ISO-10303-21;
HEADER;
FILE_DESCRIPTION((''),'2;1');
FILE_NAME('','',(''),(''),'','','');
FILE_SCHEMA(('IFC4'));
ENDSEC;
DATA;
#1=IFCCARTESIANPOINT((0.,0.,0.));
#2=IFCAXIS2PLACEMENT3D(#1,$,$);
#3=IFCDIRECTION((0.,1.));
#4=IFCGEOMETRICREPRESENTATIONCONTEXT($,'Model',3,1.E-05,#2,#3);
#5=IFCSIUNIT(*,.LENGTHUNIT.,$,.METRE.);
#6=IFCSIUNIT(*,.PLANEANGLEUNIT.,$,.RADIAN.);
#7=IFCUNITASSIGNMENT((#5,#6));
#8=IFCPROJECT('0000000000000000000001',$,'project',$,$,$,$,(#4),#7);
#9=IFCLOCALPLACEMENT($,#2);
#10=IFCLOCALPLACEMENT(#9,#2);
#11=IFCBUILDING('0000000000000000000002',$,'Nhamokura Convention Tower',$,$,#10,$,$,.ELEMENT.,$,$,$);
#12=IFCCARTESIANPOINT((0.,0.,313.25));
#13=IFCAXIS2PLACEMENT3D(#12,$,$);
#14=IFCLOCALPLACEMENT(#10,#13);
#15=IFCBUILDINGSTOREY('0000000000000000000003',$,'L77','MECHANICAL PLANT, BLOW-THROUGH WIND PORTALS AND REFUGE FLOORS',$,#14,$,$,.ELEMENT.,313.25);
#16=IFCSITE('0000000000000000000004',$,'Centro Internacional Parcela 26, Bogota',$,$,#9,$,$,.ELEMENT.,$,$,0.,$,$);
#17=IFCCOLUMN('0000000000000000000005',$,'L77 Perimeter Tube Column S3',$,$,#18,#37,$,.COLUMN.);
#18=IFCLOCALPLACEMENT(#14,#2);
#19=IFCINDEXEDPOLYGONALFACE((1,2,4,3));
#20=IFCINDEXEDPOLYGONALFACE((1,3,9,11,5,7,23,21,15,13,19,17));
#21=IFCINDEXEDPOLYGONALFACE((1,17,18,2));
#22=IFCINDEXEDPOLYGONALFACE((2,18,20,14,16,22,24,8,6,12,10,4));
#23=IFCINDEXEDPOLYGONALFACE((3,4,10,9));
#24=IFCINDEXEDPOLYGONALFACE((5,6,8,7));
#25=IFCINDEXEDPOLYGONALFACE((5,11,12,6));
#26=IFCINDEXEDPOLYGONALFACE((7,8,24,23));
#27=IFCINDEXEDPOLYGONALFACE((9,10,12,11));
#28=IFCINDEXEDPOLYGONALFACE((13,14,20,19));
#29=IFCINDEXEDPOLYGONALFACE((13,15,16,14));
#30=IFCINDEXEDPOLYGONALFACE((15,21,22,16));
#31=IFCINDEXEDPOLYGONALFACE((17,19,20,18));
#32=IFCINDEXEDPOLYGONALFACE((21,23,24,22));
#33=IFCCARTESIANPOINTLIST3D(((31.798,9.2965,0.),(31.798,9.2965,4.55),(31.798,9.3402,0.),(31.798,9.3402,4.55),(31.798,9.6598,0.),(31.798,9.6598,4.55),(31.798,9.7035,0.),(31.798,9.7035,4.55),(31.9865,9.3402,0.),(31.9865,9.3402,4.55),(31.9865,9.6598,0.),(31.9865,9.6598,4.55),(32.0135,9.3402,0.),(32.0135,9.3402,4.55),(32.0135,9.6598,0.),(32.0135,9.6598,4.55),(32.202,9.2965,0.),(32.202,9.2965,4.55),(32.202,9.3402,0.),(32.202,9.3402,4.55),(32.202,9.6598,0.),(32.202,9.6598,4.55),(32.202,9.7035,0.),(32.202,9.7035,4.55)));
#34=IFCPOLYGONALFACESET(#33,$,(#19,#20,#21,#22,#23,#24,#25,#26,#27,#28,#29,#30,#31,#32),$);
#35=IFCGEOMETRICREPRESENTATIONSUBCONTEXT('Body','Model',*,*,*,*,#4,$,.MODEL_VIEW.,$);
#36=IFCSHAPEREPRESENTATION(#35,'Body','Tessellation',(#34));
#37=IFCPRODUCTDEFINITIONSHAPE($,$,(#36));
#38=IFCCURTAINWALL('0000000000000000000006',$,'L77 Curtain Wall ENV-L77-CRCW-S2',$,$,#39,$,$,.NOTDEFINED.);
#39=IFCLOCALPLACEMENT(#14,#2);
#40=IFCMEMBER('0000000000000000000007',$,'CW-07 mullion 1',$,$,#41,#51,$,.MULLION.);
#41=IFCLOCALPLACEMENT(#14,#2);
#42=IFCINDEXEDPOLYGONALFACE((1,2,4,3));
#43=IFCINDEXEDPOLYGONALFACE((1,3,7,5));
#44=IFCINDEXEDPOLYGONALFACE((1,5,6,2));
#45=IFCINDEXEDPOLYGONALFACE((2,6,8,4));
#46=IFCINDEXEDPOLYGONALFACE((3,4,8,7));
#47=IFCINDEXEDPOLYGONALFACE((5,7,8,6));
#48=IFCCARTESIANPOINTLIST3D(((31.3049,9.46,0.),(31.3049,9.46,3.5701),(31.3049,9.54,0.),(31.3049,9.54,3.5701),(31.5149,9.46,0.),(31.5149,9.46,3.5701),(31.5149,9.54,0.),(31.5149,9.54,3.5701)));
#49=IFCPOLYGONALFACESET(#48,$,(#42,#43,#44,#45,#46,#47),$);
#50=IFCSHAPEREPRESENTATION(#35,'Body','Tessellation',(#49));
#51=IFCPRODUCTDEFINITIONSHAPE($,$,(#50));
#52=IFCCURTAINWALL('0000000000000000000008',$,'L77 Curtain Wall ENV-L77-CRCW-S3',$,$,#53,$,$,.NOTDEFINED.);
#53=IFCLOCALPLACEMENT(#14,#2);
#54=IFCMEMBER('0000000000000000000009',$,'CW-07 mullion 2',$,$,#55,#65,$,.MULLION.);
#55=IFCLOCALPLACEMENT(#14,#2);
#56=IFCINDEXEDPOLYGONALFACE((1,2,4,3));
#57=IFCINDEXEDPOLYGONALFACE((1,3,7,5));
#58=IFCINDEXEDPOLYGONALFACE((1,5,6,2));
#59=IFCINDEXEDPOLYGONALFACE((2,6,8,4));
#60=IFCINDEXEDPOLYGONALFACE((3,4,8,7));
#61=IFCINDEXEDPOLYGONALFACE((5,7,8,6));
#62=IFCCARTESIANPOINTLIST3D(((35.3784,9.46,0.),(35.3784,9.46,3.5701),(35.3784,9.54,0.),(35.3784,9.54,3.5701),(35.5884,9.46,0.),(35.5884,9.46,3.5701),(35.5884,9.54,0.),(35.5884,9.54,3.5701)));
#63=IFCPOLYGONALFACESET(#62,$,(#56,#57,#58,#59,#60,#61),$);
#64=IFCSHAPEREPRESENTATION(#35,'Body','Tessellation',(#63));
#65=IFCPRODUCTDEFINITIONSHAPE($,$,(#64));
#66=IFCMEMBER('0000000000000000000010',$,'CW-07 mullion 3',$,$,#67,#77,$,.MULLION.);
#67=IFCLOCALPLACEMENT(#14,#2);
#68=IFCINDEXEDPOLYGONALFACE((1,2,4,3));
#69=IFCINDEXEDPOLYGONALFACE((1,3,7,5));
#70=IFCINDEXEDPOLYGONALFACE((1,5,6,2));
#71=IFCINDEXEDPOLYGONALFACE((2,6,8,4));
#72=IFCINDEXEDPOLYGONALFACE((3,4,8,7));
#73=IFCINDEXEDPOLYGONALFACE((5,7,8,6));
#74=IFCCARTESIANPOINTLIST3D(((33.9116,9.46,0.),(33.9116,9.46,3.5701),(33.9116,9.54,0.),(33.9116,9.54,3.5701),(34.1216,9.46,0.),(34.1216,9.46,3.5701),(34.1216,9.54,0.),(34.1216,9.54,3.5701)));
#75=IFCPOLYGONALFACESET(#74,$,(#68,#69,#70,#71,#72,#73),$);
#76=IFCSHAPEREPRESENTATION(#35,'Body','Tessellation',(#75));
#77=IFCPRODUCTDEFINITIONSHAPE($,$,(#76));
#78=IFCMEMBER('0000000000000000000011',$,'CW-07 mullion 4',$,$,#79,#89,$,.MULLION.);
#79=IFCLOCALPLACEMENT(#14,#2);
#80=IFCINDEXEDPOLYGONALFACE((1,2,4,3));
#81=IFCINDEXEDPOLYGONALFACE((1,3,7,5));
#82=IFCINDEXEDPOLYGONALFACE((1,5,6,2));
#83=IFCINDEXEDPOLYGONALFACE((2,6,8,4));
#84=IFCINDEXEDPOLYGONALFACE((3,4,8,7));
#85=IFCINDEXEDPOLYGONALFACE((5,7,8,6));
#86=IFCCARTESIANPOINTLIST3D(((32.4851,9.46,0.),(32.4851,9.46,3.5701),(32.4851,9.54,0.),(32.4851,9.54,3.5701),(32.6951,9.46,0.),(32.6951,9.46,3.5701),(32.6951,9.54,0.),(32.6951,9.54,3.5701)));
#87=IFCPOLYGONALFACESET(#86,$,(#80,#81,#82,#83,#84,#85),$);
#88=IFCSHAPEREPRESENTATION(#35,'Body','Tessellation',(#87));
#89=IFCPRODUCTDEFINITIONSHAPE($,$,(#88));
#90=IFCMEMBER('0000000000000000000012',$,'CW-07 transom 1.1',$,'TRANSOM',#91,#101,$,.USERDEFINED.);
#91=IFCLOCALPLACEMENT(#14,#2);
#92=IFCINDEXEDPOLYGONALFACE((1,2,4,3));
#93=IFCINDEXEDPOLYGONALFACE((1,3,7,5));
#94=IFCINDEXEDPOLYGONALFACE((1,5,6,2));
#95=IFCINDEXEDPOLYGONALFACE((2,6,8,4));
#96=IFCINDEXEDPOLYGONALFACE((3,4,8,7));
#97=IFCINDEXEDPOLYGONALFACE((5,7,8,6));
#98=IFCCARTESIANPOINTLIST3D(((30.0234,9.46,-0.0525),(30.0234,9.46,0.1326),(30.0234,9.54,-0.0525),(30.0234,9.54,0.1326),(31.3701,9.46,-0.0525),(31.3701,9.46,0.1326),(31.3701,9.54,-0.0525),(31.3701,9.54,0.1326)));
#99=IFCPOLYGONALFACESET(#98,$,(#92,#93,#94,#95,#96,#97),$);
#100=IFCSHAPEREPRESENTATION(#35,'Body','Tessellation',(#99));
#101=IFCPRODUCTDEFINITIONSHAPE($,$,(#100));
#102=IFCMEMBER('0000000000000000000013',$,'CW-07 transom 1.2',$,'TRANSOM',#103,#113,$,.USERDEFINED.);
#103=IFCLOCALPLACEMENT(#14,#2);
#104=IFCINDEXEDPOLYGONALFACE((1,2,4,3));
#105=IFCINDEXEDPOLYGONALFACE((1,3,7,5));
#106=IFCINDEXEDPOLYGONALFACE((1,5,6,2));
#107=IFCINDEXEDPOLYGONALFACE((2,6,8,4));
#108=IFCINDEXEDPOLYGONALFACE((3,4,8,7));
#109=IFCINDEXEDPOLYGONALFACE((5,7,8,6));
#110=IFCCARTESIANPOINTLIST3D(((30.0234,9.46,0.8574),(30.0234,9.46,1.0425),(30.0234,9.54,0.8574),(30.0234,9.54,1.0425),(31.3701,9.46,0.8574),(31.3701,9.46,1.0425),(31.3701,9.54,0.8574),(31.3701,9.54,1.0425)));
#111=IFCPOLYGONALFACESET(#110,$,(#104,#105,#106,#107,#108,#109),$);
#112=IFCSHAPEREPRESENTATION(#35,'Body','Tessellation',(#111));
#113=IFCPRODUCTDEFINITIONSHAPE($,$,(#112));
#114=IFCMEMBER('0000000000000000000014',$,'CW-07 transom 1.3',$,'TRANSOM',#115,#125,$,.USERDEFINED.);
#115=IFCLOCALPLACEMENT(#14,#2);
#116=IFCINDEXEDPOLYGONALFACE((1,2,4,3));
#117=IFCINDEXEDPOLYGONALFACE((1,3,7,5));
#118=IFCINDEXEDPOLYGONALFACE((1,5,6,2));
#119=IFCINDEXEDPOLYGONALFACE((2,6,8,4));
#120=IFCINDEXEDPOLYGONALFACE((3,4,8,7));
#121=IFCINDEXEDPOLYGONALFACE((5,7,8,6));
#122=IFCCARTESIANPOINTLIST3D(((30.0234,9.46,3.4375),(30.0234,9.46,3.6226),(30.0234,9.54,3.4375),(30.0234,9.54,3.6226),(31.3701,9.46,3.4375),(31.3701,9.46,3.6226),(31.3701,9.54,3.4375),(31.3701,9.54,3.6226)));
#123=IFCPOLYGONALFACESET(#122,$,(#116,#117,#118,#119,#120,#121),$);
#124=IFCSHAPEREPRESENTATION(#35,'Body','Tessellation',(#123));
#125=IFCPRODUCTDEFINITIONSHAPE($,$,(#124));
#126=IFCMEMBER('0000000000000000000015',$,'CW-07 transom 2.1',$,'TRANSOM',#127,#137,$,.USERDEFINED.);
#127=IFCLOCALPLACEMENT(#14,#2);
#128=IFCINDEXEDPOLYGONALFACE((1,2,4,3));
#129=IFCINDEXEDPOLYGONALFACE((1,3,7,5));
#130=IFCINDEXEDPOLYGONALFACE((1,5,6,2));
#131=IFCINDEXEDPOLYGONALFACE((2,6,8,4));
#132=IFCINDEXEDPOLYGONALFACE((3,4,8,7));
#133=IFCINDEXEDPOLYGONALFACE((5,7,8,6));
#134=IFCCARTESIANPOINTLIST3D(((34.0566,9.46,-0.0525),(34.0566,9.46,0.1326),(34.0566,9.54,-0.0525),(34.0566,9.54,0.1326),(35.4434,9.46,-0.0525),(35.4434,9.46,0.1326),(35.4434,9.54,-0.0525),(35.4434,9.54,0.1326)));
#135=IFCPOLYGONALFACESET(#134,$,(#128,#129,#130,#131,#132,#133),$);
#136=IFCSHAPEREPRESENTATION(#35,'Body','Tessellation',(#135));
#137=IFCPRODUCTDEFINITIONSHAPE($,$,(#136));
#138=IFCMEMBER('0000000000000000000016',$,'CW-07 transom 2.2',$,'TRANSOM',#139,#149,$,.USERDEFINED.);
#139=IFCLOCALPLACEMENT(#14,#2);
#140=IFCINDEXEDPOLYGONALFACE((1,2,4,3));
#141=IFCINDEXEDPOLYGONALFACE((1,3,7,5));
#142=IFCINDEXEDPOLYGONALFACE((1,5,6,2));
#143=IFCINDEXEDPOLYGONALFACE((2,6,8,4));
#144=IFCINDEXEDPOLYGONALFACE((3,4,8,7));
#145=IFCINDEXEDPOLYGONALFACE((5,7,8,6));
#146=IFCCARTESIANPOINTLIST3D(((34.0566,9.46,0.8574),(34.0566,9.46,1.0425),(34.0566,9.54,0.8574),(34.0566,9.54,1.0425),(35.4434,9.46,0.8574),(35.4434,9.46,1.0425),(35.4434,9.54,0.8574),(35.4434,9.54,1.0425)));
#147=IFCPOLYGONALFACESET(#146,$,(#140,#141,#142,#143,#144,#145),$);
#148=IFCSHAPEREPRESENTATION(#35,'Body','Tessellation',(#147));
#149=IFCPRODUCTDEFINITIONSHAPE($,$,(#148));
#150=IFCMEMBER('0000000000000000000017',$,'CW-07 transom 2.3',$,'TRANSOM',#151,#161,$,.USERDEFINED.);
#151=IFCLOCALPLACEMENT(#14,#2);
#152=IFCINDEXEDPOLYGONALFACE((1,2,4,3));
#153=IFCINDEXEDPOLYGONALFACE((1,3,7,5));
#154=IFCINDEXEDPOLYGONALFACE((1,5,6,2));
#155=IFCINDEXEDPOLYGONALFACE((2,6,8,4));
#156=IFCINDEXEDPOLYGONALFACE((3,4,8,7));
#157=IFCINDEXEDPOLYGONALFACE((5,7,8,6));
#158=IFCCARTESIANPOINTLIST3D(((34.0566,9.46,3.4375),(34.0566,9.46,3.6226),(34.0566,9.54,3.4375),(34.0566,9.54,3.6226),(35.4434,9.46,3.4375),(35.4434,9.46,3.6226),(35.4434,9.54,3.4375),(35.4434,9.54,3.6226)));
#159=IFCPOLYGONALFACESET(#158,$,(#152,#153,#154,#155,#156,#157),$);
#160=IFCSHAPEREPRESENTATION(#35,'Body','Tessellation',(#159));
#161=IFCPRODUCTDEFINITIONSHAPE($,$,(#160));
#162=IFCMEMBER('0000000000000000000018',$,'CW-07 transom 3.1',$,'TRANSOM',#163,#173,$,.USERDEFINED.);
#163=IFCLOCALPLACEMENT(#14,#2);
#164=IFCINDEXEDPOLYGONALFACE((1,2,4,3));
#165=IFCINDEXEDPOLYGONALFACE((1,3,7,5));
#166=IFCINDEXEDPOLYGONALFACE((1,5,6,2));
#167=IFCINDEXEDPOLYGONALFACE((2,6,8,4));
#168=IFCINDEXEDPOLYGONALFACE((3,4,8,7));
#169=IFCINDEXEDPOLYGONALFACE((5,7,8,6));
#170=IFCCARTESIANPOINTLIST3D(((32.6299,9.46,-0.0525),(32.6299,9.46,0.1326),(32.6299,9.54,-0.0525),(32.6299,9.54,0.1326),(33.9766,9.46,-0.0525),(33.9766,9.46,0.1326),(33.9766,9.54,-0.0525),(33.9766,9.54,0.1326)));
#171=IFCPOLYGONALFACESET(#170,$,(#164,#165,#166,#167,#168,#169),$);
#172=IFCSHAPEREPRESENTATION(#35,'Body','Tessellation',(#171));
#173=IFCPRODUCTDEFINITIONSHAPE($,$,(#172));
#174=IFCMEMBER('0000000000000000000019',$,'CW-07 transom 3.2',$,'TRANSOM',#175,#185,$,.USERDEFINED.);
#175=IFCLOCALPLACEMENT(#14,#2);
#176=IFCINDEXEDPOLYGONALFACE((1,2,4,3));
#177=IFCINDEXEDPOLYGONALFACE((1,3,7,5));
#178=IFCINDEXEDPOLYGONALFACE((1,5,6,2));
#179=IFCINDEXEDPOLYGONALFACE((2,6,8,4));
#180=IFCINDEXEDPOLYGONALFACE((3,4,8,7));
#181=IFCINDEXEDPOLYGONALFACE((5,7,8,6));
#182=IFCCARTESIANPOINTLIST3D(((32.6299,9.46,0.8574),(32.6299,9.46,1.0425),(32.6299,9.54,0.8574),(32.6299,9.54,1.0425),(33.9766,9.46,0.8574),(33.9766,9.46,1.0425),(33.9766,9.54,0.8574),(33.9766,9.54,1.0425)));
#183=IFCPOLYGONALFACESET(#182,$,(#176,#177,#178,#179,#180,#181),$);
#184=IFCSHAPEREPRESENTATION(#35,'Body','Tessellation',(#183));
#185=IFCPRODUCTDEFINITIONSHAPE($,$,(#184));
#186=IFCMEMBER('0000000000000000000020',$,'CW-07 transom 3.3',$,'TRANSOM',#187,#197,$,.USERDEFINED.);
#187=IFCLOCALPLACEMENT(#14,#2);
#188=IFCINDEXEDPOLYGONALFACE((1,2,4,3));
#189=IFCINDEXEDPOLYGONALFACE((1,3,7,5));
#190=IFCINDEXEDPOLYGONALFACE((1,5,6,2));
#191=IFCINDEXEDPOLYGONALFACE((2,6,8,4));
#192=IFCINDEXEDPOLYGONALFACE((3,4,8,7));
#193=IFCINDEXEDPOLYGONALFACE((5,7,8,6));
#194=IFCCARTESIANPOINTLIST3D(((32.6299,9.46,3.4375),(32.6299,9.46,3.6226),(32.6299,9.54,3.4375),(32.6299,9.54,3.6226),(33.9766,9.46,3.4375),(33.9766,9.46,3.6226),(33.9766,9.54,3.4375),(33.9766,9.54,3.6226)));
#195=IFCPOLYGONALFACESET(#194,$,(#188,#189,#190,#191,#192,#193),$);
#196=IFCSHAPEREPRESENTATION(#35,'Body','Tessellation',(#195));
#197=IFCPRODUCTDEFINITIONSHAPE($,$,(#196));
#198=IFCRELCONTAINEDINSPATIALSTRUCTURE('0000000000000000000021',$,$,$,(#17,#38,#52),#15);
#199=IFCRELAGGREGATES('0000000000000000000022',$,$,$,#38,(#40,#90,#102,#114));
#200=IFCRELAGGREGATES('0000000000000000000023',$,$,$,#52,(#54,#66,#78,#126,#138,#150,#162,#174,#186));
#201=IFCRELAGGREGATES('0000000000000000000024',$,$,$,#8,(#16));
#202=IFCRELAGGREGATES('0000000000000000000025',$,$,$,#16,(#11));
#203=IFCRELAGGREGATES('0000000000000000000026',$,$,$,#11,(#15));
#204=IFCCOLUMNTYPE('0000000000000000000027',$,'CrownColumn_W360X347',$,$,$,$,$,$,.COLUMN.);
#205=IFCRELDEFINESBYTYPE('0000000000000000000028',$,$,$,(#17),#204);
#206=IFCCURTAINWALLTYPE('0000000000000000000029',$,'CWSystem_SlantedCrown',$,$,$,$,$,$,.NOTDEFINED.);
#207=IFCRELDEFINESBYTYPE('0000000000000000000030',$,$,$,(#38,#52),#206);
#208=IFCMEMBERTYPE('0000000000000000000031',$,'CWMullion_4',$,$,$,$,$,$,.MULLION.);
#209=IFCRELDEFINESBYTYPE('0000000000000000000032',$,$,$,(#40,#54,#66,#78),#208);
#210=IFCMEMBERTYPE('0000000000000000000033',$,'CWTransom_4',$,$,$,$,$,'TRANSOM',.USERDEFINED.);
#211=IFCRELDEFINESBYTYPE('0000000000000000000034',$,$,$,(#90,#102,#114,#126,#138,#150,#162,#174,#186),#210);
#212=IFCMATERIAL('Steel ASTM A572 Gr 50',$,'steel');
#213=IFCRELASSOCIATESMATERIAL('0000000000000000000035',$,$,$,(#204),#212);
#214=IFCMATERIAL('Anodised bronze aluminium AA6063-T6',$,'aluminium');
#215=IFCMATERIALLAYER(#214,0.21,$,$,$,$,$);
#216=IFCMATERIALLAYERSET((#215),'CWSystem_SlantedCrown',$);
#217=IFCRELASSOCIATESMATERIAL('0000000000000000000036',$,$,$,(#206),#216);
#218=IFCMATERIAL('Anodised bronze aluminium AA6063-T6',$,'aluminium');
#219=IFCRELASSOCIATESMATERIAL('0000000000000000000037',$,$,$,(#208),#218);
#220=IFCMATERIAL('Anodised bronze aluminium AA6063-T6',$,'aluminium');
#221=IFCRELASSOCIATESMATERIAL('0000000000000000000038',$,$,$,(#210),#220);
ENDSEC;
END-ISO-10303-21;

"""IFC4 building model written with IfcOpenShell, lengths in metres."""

from ifc_helpers import new_model, si_unit, direction, frame, origin, origin_2d, place, context, subcontext, project, spatial, rectangle, i_section, extrude, material, layer, layer_set, material_profile, profile_set, type_object, element, aggregate, save


model = new_model("IFC4")

# Units and contexts
model_context = context("Model", 3, precision=1e-05, world=origin(), true_north=direction((0.0, 1.0)))
body_context = subcontext(model_context, "Body", "Model", "MODEL_VIEW")
ifc_project = project(units=[si_unit("LENGTHUNIT", "METRE"), si_unit("PLANEANGLEUNIT", "RADIAN")], contexts=[model_context])

# Site, building, storey
site_placement = place(None, origin())
site = spatial("IfcSite", under=ifc_project, at=site_placement, Name="Centro Internacional Parcela 26, Bogota", CompositionType="ELEMENT", RefElevation=0.0)
building_placement = place(site_placement, origin())
building = spatial("IfcBuilding", under=site, at=building_placement, Name="Nhamokura Convention Tower", CompositionType="ELEMENT")
storey_placement = place(building_placement, frame((0.0, 0.0, 313.25)))
storey = spatial("IfcBuildingStorey", under=building, at=storey_placement, Name="L77", Description="MECHANICAL PLANT, BLOW-THROUGH WIND PORTALS AND REFUGE FLOORS", CompositionType="ELEMENT", Elevation=313.25)

# Column
ifc_material_1 = material(Name="Steel ASTM A572 Gr 50", Category="steel")
ifc_material_profile_1 = material_profile(ifc_material_1, i_section(OverallWidth=0.4041, OverallDepth=0.407, WebThickness=0.0271, FlangeThickness=0.0437, at=origin_2d()))
ifc_profile_set_1 = profile_set([ifc_material_profile_1], Name="Steel ASTM A572 Gr 50")
column_type = type_object("IfcColumnType", Name="CrownColumn_W360X347", PredefinedType="COLUMN", material=ifc_profile_set_1)
column_placement = place(storey_placement, frame((32.0, 9.5, 0.0), z_axis=(0.0, 0.0, 1.0), x_axis=(1.0, 0.0, 0.0)))
element("IfcColumn", 1, at=column_placement, inside=storey, type_object=column_type, Name="L77 Perimeter Tube Column S3", PredefinedType="COLUMN", context=body_context, shape_type="SweptSolid", body=[
    extrude(i_section(OverallWidth=0.4041, OverallDepth=0.407, WebThickness=0.0271, FlangeThickness=0.0437, at=origin_2d()), origin(), (0.0, 0.0, 1.0), 4.55),
])

# Curtain wall, member
ifc_material_2 = material(Name="Anodised bronze aluminium AA6063-T6", Category="aluminium")
ifc_layer_1 = layer(ifc_material_2, 0.21)
ifc_layer_set_1 = layer_set([ifc_layer_1], Name="CWSystem_SlantedCrown")
curtain_wall_type = type_object("IfcCurtainWallType", Name="CWSystem_SlantedCrown", PredefinedType="NOTDEFINED", material=ifc_layer_set_1)
curtain_wall_1_placement = place(storey_placement, origin())
curtain_wall_1 = element("IfcCurtainWall", 2, at=curtain_wall_1_placement, inside=storey, type_object=curtain_wall_type, Name="L77 Curtain Wall ENV-L77-CRCW-S2", PredefinedType="NOTDEFINED")
ifc_material_3 = material(Name="Anodised bronze aluminium AA6063-T6", Category="aluminium")
ifc_material_profile_2 = material_profile(ifc_material_3, rectangle(XDim=0.0801, YDim=0.21, at=origin_2d()))
ifc_profile_set_2 = profile_set([ifc_material_profile_2], Name="Anodised bronze aluminium AA6063-T6")
member_type_1 = type_object("IfcMemberType", Name="CWMullion_4", PredefinedType="MULLION", material=ifc_profile_set_2)
member_1_placement = place(storey_placement, frame((31.4099, 9.5, 0.0), z_axis=(0.0, 0.0, 1.0), x_axis=(0.0, -1.0, 0.0)))
member_1 = element("IfcMember", 3, at=member_1_placement, type_object=member_type_1, Name="CW-07 mullion 1", PredefinedType="MULLION", context=body_context, shape_type="SweptSolid", body=[
    extrude(rectangle(XDim=0.0801, YDim=0.21, at=origin_2d()), origin(), (0.0, 0.0, 1.0), 3.5701),
])

# Curtain wall, members
curtain_wall_2_placement = place(storey_placement, origin())
curtain_wall_2 = element("IfcCurtainWall", 4, at=curtain_wall_2_placement, inside=storey, type_object=curtain_wall_type, Name="L77 Curtain Wall ENV-L77-CRCW-S3", PredefinedType="NOTDEFINED")
member_2_placement = place(storey_placement, frame((35.4834, 9.5, 0.0), z_axis=(0.0, 0.0, 1.0), x_axis=(0.0, -1.0, 0.0)))
member_2 = element("IfcMember", 5, at=member_2_placement, type_object=member_type_1, Name="CW-07 mullion 2", PredefinedType="MULLION", context=body_context, shape_type="SweptSolid", body=[
    extrude(rectangle(XDim=0.0801, YDim=0.21, at=origin_2d()), origin(), (0.0, 0.0, 1.0), 3.5701),
])
member_3_placement = place(storey_placement, frame((34.0166, 9.5, 0.0), z_axis=(0.0, 0.0, 1.0), x_axis=(0.0, -1.0, 0.0)))
member_3 = element("IfcMember", 6, at=member_3_placement, type_object=member_type_1, Name="CW-07 mullion 3", PredefinedType="MULLION", context=body_context, shape_type="SweptSolid", body=[
    extrude(rectangle(XDim=0.0801, YDim=0.21, at=origin_2d()), origin(), (0.0, 0.0, 1.0), 3.5701),
])
member_4_placement = place(storey_placement, frame((32.5901, 9.5, 0.0), z_axis=(0.0, 0.0, 1.0), x_axis=(0.0, -1.0, 0.0)))
member_4 = element("IfcMember", 7, at=member_4_placement, type_object=member_type_1, Name="CW-07 mullion 4", PredefinedType="MULLION", context=body_context, shape_type="SweptSolid", body=[
    extrude(rectangle(XDim=0.0801, YDim=0.21, at=origin_2d()), origin(), (0.0, 0.0, 1.0), 3.5701),
])

# Members
ifc_material_4 = material(Name="Anodised bronze aluminium AA6063-T6", Category="aluminium")
ifc_material_profile_3 = material_profile(ifc_material_4, rectangle(XDim=0.0801, YDim=0.1851, at=origin_2d()))
ifc_profile_set_3 = profile_set([ifc_material_profile_3], Name="Anodised bronze aluminium AA6063-T6")
member_type_2 = type_object("IfcMemberType", Name="CWTransom_4", ElementType="TRANSOM", PredefinedType="USERDEFINED", material=ifc_profile_set_3)
member_5_placement = place(storey_placement, frame((31.3701, 9.5, 0.04), z_axis=(-1.0, 0.0, 0.0), x_axis=(0.0, -1.0, 0.0)))
member_5 = element("IfcMember", 8, at=member_5_placement, type_object=member_type_2, Name="CW-07 transom 1.1", ObjectType="TRANSOM", PredefinedType="USERDEFINED", context=body_context, shape_type="SweptSolid", body=[
    extrude(rectangle(XDim=0.0801, YDim=0.1851, at=origin_2d()), origin(), (0.0, 0.0, 1.0), 1.3467),
])
member_6_placement = place(storey_placement, frame((31.3701, 9.5, 0.95), z_axis=(-1.0, 0.0, 0.0), x_axis=(0.0, -1.0, 0.0)))
member_6 = element("IfcMember", 9, at=member_6_placement, type_object=member_type_2, Name="CW-07 transom 1.2", ObjectType="TRANSOM", PredefinedType="USERDEFINED", context=body_context, shape_type="SweptSolid", body=[
    extrude(rectangle(XDim=0.0801, YDim=0.1851, at=origin_2d()), origin(), (0.0, 0.0, 1.0), 1.3467),
])
member_7_placement = place(storey_placement, frame((31.3701, 9.5, 3.53), z_axis=(-1.0, 0.0, 0.0), x_axis=(0.0, -1.0, 0.0)))
member_7 = element("IfcMember", 10, at=member_7_placement, type_object=member_type_2, Name="CW-07 transom 1.3", ObjectType="TRANSOM", PredefinedType="USERDEFINED", context=body_context, shape_type="SweptSolid", body=[
    extrude(rectangle(XDim=0.0801, YDim=0.1851, at=origin_2d()), origin(), (0.0, 0.0, 1.0), 1.3467),
])
aggregate(curtain_wall_1, [member_1, member_5, member_6, member_7])
member_8_placement = place(storey_placement, frame((35.4434, 9.5, 0.04), z_axis=(-1.0, 0.0, 0.0), x_axis=(0.0, -1.0, 0.0)))
member_8 = element("IfcMember", 11, at=member_8_placement, type_object=member_type_2, Name="CW-07 transom 2.1", ObjectType="TRANSOM", PredefinedType="USERDEFINED", context=body_context, shape_type="SweptSolid", body=[
    extrude(rectangle(XDim=0.0801, YDim=0.1851, at=origin_2d()), origin(), (0.0, 0.0, 1.0), 1.3867),
])
member_9_placement = place(storey_placement, frame((35.4434, 9.5, 0.95), z_axis=(-1.0, 0.0, 0.0), x_axis=(0.0, -1.0, 0.0)))
member_9 = element("IfcMember", 12, at=member_9_placement, type_object=member_type_2, Name="CW-07 transom 2.2", ObjectType="TRANSOM", PredefinedType="USERDEFINED", context=body_context, shape_type="SweptSolid", body=[
    extrude(rectangle(XDim=0.0801, YDim=0.1851, at=origin_2d()), origin(), (0.0, 0.0, 1.0), 1.3867),
])
member_10_placement = place(storey_placement, frame((35.4434, 9.5, 3.53), z_axis=(-1.0, 0.0, 0.0), x_axis=(0.0, -1.0, 0.0)))
member_10 = element("IfcMember", 13, at=member_10_placement, type_object=member_type_2, Name="CW-07 transom 2.3", ObjectType="TRANSOM", PredefinedType="USERDEFINED", context=body_context, shape_type="SweptSolid", body=[
    extrude(rectangle(XDim=0.0801, YDim=0.1851, at=origin_2d()), origin(), (0.0, 0.0, 1.0), 1.3867),
])
member_11_placement = place(storey_placement, frame((33.9766, 9.5, 0.04), z_axis=(-1.0, 0.0, 0.0), x_axis=(0.0, -1.0, 0.0)))
member_11 = element("IfcMember", 14, at=member_11_placement, type_object=member_type_2, Name="CW-07 transom 3.1", ObjectType="TRANSOM", PredefinedType="USERDEFINED", context=body_context, shape_type="SweptSolid", body=[
    extrude(rectangle(XDim=0.0801, YDim=0.1851, at=origin_2d()), origin(), (0.0, 0.0, 1.0), 1.3467),
])
member_12_placement = place(storey_placement, frame((33.9766, 9.5, 0.95), z_axis=(-1.0, 0.0, 0.0), x_axis=(0.0, -1.0, 0.0)))
member_12 = element("IfcMember", 15, at=member_12_placement, type_object=member_type_2, Name="CW-07 transom 3.2", ObjectType="TRANSOM", PredefinedType="USERDEFINED", context=body_context, shape_type="SweptSolid", body=[
    extrude(rectangle(XDim=0.0801, YDim=0.1851, at=origin_2d()), origin(), (0.0, 0.0, 1.0), 1.3467),
])
member_13_placement = place(storey_placement, frame((33.9766, 9.5, 3.53), z_axis=(-1.0, 0.0, 0.0), x_axis=(0.0, -1.0, 0.0)))
member_13 = element("IfcMember", 16, at=member_13_placement, type_object=member_type_2, Name="CW-07 transom 3.3", ObjectType="TRANSOM", PredefinedType="USERDEFINED", context=body_context, shape_type="SweptSolid", body=[
    extrude(rectangle(XDim=0.0801, YDim=0.1851, at=origin_2d()), origin(), (0.0, 0.0, 1.0), 1.3467),
])

aggregate(curtain_wall_2, [member_2, member_3, member_4, member_8, member_9, member_10, member_11, member_12, member_13])

save(model, "model.ifc")
